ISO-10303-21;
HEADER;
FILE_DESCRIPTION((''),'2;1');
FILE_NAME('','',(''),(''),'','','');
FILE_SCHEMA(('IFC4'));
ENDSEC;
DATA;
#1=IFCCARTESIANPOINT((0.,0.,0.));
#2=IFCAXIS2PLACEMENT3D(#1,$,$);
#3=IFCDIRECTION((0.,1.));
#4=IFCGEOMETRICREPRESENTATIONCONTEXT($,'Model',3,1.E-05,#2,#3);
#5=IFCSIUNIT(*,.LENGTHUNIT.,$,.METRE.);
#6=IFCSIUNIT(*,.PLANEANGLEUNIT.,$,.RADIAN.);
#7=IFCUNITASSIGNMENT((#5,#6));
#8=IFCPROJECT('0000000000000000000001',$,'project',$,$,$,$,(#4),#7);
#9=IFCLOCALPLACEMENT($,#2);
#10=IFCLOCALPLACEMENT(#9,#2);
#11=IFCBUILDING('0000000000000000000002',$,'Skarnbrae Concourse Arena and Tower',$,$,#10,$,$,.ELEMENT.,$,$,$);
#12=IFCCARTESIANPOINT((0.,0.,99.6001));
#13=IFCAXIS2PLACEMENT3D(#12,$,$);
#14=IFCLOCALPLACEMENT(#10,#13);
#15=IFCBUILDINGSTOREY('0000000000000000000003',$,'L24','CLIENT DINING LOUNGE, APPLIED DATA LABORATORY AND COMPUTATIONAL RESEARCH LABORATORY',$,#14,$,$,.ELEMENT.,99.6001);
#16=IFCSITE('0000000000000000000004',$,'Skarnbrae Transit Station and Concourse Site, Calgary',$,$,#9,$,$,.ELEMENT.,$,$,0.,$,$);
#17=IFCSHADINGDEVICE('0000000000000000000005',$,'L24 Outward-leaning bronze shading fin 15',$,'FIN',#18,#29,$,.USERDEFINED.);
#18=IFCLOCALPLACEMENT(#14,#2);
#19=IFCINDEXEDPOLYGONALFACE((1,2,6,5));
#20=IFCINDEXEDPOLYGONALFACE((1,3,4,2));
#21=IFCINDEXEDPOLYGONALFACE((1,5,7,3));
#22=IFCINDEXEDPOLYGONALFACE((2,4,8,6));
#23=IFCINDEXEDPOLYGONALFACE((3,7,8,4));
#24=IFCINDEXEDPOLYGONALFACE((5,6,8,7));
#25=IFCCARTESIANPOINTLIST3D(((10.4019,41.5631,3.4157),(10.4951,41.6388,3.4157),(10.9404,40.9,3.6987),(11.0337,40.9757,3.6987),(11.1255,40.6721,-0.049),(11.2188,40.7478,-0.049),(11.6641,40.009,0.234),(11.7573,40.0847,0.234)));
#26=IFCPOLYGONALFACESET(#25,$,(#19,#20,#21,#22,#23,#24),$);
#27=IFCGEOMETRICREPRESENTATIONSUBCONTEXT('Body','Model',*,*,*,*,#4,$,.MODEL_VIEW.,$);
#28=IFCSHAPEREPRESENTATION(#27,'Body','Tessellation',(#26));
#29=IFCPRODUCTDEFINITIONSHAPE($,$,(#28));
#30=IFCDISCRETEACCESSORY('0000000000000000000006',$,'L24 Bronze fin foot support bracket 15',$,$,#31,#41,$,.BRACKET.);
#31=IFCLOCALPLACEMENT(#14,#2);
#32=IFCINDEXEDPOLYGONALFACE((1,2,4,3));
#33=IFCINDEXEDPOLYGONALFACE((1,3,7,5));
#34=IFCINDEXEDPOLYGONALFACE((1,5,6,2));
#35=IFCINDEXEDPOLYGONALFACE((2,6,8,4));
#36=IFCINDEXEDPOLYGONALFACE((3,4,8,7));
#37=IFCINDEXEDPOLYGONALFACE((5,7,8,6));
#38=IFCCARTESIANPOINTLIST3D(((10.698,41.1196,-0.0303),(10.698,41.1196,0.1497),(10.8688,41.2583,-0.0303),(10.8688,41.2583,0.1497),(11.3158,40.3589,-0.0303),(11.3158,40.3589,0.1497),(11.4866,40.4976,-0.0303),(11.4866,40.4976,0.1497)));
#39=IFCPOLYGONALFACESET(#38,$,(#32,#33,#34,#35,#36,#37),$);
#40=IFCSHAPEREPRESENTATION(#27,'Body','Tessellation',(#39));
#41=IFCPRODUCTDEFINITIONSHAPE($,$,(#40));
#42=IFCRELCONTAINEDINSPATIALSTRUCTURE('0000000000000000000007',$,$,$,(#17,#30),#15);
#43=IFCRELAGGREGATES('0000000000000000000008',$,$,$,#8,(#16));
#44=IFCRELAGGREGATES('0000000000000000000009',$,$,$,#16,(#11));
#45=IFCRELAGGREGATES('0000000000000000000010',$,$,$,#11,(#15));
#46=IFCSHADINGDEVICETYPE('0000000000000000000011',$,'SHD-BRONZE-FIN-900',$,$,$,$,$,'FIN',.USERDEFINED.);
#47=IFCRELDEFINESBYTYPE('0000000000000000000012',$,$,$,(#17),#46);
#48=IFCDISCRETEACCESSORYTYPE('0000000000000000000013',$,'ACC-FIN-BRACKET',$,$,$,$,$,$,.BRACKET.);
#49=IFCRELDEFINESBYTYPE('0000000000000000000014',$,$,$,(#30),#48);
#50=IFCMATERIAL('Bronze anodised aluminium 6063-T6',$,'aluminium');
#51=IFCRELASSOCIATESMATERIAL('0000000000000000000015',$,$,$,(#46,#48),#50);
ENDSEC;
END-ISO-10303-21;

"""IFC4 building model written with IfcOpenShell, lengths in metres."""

from ifc_helpers import new_model, si_unit, direction, frame, origin, origin_2d, place, context, subcontext, project, spatial, rectangle, extrude, source, transform, mapped, material, type_object, element, save


model = new_model("IFC4")

# Units and contexts
model_context = context("Model", 3, precision=1e-05, world=origin(), true_north=direction((0.0, 1.0)))
body_context = subcontext(model_context, "Body", "Model", "MODEL_VIEW")
ifc_project = project(units=[si_unit("LENGTHUNIT", "METRE"), si_unit("PLANEANGLEUNIT", "RADIAN")], contexts=[model_context])

# Site, building, storey
site_placement = place(None, origin())
site = spatial("IfcSite", under=ifc_project, at=site_placement, Name="Skarnbrae Transit Station and Concourse Site, Calgary", CompositionType="ELEMENT", RefElevation=0.0)
building_placement = place(site_placement, origin())
building = spatial("IfcBuilding", under=site, at=building_placement, Name="Skarnbrae Concourse Arena and Tower", CompositionType="ELEMENT")
storey_placement = place(building_placement, frame((0.0, 0.0, 99.6001)))
storey = spatial("IfcBuildingStorey", under=building, at=storey_placement, Name="L24", Description="CLIENT DINING LOUNGE, APPLIED DATA LABORATORY AND COMPUTATIONAL RESEARCH LABORATORY", CompositionType="ELEMENT", Elevation=99.6001)

# Shared definitions
ifc_material_1 = material(Name="Bronze anodised aluminium 6063-T6", Category="aluminium")

# Shading device
shading_device_type = type_object("IfcShadingDeviceType", Name="SHD-BRONZE-FIN-900", ElementType="FIN", PredefinedType="USERDEFINED", material=ifc_material_1)
shared_shape_1 = source(origin(), body_context, "Body", "SweptSolid", [
    extrude(rectangle(XDim=0.1201, YDim=0.8999, at=origin_2d()), origin(), (0.0, 0.0, 1.0), 3.6499),
])
shading_device_placement = place(storey_placement, frame((11.4414, 40.3784, 0.0925), z_axis=(-0.198264, 0.244121, 0.949261), x_axis=(0.776245, 0.630432, 0.0)))
element("IfcShadingDevice", 1, at=shading_device_placement, inside=storey, type_object=shading_device_type, Name="L24 Outward-leaning bronze shading fin 15", ObjectType="FIN", PredefinedType="USERDEFINED", context=body_context, shape_type="MappedRepresentation", body=[
    mapped(shared_shape_1, transform((0.0, 0.0, 0.0))),
])

# Discrete accessory
discrete_accessory_type = type_object("IfcDiscreteAccessoryType", Name="ACC-FIN-BRACKET", PredefinedType="BRACKET", material=ifc_material_1)
shared_shape_2 = source(origin(), body_context, "Body", "SweptSolid", [
    extrude(rectangle(XDim=0.22, YDim=0.98, at=origin_2d()), origin(), (0.0, 0.0, 1.0), 0.1799),
])
discrete_accessory_placement = place(storey_placement, frame((11.0923, 40.8086, -0.0303), z_axis=(0.0, 0.0, 1.0), x_axis=(0.776245, 0.630432, 0.0)))
element("IfcDiscreteAccessory", 2, at=discrete_accessory_placement, inside=storey, type_object=discrete_accessory_type, Name="L24 Bronze fin foot support bracket 15", PredefinedType="BRACKET", context=body_context, shape_type="MappedRepresentation", body=[
    mapped(shared_shape_2, transform((0.0, 0.0, 0.0))),
])

save(model, "model.ifc")
